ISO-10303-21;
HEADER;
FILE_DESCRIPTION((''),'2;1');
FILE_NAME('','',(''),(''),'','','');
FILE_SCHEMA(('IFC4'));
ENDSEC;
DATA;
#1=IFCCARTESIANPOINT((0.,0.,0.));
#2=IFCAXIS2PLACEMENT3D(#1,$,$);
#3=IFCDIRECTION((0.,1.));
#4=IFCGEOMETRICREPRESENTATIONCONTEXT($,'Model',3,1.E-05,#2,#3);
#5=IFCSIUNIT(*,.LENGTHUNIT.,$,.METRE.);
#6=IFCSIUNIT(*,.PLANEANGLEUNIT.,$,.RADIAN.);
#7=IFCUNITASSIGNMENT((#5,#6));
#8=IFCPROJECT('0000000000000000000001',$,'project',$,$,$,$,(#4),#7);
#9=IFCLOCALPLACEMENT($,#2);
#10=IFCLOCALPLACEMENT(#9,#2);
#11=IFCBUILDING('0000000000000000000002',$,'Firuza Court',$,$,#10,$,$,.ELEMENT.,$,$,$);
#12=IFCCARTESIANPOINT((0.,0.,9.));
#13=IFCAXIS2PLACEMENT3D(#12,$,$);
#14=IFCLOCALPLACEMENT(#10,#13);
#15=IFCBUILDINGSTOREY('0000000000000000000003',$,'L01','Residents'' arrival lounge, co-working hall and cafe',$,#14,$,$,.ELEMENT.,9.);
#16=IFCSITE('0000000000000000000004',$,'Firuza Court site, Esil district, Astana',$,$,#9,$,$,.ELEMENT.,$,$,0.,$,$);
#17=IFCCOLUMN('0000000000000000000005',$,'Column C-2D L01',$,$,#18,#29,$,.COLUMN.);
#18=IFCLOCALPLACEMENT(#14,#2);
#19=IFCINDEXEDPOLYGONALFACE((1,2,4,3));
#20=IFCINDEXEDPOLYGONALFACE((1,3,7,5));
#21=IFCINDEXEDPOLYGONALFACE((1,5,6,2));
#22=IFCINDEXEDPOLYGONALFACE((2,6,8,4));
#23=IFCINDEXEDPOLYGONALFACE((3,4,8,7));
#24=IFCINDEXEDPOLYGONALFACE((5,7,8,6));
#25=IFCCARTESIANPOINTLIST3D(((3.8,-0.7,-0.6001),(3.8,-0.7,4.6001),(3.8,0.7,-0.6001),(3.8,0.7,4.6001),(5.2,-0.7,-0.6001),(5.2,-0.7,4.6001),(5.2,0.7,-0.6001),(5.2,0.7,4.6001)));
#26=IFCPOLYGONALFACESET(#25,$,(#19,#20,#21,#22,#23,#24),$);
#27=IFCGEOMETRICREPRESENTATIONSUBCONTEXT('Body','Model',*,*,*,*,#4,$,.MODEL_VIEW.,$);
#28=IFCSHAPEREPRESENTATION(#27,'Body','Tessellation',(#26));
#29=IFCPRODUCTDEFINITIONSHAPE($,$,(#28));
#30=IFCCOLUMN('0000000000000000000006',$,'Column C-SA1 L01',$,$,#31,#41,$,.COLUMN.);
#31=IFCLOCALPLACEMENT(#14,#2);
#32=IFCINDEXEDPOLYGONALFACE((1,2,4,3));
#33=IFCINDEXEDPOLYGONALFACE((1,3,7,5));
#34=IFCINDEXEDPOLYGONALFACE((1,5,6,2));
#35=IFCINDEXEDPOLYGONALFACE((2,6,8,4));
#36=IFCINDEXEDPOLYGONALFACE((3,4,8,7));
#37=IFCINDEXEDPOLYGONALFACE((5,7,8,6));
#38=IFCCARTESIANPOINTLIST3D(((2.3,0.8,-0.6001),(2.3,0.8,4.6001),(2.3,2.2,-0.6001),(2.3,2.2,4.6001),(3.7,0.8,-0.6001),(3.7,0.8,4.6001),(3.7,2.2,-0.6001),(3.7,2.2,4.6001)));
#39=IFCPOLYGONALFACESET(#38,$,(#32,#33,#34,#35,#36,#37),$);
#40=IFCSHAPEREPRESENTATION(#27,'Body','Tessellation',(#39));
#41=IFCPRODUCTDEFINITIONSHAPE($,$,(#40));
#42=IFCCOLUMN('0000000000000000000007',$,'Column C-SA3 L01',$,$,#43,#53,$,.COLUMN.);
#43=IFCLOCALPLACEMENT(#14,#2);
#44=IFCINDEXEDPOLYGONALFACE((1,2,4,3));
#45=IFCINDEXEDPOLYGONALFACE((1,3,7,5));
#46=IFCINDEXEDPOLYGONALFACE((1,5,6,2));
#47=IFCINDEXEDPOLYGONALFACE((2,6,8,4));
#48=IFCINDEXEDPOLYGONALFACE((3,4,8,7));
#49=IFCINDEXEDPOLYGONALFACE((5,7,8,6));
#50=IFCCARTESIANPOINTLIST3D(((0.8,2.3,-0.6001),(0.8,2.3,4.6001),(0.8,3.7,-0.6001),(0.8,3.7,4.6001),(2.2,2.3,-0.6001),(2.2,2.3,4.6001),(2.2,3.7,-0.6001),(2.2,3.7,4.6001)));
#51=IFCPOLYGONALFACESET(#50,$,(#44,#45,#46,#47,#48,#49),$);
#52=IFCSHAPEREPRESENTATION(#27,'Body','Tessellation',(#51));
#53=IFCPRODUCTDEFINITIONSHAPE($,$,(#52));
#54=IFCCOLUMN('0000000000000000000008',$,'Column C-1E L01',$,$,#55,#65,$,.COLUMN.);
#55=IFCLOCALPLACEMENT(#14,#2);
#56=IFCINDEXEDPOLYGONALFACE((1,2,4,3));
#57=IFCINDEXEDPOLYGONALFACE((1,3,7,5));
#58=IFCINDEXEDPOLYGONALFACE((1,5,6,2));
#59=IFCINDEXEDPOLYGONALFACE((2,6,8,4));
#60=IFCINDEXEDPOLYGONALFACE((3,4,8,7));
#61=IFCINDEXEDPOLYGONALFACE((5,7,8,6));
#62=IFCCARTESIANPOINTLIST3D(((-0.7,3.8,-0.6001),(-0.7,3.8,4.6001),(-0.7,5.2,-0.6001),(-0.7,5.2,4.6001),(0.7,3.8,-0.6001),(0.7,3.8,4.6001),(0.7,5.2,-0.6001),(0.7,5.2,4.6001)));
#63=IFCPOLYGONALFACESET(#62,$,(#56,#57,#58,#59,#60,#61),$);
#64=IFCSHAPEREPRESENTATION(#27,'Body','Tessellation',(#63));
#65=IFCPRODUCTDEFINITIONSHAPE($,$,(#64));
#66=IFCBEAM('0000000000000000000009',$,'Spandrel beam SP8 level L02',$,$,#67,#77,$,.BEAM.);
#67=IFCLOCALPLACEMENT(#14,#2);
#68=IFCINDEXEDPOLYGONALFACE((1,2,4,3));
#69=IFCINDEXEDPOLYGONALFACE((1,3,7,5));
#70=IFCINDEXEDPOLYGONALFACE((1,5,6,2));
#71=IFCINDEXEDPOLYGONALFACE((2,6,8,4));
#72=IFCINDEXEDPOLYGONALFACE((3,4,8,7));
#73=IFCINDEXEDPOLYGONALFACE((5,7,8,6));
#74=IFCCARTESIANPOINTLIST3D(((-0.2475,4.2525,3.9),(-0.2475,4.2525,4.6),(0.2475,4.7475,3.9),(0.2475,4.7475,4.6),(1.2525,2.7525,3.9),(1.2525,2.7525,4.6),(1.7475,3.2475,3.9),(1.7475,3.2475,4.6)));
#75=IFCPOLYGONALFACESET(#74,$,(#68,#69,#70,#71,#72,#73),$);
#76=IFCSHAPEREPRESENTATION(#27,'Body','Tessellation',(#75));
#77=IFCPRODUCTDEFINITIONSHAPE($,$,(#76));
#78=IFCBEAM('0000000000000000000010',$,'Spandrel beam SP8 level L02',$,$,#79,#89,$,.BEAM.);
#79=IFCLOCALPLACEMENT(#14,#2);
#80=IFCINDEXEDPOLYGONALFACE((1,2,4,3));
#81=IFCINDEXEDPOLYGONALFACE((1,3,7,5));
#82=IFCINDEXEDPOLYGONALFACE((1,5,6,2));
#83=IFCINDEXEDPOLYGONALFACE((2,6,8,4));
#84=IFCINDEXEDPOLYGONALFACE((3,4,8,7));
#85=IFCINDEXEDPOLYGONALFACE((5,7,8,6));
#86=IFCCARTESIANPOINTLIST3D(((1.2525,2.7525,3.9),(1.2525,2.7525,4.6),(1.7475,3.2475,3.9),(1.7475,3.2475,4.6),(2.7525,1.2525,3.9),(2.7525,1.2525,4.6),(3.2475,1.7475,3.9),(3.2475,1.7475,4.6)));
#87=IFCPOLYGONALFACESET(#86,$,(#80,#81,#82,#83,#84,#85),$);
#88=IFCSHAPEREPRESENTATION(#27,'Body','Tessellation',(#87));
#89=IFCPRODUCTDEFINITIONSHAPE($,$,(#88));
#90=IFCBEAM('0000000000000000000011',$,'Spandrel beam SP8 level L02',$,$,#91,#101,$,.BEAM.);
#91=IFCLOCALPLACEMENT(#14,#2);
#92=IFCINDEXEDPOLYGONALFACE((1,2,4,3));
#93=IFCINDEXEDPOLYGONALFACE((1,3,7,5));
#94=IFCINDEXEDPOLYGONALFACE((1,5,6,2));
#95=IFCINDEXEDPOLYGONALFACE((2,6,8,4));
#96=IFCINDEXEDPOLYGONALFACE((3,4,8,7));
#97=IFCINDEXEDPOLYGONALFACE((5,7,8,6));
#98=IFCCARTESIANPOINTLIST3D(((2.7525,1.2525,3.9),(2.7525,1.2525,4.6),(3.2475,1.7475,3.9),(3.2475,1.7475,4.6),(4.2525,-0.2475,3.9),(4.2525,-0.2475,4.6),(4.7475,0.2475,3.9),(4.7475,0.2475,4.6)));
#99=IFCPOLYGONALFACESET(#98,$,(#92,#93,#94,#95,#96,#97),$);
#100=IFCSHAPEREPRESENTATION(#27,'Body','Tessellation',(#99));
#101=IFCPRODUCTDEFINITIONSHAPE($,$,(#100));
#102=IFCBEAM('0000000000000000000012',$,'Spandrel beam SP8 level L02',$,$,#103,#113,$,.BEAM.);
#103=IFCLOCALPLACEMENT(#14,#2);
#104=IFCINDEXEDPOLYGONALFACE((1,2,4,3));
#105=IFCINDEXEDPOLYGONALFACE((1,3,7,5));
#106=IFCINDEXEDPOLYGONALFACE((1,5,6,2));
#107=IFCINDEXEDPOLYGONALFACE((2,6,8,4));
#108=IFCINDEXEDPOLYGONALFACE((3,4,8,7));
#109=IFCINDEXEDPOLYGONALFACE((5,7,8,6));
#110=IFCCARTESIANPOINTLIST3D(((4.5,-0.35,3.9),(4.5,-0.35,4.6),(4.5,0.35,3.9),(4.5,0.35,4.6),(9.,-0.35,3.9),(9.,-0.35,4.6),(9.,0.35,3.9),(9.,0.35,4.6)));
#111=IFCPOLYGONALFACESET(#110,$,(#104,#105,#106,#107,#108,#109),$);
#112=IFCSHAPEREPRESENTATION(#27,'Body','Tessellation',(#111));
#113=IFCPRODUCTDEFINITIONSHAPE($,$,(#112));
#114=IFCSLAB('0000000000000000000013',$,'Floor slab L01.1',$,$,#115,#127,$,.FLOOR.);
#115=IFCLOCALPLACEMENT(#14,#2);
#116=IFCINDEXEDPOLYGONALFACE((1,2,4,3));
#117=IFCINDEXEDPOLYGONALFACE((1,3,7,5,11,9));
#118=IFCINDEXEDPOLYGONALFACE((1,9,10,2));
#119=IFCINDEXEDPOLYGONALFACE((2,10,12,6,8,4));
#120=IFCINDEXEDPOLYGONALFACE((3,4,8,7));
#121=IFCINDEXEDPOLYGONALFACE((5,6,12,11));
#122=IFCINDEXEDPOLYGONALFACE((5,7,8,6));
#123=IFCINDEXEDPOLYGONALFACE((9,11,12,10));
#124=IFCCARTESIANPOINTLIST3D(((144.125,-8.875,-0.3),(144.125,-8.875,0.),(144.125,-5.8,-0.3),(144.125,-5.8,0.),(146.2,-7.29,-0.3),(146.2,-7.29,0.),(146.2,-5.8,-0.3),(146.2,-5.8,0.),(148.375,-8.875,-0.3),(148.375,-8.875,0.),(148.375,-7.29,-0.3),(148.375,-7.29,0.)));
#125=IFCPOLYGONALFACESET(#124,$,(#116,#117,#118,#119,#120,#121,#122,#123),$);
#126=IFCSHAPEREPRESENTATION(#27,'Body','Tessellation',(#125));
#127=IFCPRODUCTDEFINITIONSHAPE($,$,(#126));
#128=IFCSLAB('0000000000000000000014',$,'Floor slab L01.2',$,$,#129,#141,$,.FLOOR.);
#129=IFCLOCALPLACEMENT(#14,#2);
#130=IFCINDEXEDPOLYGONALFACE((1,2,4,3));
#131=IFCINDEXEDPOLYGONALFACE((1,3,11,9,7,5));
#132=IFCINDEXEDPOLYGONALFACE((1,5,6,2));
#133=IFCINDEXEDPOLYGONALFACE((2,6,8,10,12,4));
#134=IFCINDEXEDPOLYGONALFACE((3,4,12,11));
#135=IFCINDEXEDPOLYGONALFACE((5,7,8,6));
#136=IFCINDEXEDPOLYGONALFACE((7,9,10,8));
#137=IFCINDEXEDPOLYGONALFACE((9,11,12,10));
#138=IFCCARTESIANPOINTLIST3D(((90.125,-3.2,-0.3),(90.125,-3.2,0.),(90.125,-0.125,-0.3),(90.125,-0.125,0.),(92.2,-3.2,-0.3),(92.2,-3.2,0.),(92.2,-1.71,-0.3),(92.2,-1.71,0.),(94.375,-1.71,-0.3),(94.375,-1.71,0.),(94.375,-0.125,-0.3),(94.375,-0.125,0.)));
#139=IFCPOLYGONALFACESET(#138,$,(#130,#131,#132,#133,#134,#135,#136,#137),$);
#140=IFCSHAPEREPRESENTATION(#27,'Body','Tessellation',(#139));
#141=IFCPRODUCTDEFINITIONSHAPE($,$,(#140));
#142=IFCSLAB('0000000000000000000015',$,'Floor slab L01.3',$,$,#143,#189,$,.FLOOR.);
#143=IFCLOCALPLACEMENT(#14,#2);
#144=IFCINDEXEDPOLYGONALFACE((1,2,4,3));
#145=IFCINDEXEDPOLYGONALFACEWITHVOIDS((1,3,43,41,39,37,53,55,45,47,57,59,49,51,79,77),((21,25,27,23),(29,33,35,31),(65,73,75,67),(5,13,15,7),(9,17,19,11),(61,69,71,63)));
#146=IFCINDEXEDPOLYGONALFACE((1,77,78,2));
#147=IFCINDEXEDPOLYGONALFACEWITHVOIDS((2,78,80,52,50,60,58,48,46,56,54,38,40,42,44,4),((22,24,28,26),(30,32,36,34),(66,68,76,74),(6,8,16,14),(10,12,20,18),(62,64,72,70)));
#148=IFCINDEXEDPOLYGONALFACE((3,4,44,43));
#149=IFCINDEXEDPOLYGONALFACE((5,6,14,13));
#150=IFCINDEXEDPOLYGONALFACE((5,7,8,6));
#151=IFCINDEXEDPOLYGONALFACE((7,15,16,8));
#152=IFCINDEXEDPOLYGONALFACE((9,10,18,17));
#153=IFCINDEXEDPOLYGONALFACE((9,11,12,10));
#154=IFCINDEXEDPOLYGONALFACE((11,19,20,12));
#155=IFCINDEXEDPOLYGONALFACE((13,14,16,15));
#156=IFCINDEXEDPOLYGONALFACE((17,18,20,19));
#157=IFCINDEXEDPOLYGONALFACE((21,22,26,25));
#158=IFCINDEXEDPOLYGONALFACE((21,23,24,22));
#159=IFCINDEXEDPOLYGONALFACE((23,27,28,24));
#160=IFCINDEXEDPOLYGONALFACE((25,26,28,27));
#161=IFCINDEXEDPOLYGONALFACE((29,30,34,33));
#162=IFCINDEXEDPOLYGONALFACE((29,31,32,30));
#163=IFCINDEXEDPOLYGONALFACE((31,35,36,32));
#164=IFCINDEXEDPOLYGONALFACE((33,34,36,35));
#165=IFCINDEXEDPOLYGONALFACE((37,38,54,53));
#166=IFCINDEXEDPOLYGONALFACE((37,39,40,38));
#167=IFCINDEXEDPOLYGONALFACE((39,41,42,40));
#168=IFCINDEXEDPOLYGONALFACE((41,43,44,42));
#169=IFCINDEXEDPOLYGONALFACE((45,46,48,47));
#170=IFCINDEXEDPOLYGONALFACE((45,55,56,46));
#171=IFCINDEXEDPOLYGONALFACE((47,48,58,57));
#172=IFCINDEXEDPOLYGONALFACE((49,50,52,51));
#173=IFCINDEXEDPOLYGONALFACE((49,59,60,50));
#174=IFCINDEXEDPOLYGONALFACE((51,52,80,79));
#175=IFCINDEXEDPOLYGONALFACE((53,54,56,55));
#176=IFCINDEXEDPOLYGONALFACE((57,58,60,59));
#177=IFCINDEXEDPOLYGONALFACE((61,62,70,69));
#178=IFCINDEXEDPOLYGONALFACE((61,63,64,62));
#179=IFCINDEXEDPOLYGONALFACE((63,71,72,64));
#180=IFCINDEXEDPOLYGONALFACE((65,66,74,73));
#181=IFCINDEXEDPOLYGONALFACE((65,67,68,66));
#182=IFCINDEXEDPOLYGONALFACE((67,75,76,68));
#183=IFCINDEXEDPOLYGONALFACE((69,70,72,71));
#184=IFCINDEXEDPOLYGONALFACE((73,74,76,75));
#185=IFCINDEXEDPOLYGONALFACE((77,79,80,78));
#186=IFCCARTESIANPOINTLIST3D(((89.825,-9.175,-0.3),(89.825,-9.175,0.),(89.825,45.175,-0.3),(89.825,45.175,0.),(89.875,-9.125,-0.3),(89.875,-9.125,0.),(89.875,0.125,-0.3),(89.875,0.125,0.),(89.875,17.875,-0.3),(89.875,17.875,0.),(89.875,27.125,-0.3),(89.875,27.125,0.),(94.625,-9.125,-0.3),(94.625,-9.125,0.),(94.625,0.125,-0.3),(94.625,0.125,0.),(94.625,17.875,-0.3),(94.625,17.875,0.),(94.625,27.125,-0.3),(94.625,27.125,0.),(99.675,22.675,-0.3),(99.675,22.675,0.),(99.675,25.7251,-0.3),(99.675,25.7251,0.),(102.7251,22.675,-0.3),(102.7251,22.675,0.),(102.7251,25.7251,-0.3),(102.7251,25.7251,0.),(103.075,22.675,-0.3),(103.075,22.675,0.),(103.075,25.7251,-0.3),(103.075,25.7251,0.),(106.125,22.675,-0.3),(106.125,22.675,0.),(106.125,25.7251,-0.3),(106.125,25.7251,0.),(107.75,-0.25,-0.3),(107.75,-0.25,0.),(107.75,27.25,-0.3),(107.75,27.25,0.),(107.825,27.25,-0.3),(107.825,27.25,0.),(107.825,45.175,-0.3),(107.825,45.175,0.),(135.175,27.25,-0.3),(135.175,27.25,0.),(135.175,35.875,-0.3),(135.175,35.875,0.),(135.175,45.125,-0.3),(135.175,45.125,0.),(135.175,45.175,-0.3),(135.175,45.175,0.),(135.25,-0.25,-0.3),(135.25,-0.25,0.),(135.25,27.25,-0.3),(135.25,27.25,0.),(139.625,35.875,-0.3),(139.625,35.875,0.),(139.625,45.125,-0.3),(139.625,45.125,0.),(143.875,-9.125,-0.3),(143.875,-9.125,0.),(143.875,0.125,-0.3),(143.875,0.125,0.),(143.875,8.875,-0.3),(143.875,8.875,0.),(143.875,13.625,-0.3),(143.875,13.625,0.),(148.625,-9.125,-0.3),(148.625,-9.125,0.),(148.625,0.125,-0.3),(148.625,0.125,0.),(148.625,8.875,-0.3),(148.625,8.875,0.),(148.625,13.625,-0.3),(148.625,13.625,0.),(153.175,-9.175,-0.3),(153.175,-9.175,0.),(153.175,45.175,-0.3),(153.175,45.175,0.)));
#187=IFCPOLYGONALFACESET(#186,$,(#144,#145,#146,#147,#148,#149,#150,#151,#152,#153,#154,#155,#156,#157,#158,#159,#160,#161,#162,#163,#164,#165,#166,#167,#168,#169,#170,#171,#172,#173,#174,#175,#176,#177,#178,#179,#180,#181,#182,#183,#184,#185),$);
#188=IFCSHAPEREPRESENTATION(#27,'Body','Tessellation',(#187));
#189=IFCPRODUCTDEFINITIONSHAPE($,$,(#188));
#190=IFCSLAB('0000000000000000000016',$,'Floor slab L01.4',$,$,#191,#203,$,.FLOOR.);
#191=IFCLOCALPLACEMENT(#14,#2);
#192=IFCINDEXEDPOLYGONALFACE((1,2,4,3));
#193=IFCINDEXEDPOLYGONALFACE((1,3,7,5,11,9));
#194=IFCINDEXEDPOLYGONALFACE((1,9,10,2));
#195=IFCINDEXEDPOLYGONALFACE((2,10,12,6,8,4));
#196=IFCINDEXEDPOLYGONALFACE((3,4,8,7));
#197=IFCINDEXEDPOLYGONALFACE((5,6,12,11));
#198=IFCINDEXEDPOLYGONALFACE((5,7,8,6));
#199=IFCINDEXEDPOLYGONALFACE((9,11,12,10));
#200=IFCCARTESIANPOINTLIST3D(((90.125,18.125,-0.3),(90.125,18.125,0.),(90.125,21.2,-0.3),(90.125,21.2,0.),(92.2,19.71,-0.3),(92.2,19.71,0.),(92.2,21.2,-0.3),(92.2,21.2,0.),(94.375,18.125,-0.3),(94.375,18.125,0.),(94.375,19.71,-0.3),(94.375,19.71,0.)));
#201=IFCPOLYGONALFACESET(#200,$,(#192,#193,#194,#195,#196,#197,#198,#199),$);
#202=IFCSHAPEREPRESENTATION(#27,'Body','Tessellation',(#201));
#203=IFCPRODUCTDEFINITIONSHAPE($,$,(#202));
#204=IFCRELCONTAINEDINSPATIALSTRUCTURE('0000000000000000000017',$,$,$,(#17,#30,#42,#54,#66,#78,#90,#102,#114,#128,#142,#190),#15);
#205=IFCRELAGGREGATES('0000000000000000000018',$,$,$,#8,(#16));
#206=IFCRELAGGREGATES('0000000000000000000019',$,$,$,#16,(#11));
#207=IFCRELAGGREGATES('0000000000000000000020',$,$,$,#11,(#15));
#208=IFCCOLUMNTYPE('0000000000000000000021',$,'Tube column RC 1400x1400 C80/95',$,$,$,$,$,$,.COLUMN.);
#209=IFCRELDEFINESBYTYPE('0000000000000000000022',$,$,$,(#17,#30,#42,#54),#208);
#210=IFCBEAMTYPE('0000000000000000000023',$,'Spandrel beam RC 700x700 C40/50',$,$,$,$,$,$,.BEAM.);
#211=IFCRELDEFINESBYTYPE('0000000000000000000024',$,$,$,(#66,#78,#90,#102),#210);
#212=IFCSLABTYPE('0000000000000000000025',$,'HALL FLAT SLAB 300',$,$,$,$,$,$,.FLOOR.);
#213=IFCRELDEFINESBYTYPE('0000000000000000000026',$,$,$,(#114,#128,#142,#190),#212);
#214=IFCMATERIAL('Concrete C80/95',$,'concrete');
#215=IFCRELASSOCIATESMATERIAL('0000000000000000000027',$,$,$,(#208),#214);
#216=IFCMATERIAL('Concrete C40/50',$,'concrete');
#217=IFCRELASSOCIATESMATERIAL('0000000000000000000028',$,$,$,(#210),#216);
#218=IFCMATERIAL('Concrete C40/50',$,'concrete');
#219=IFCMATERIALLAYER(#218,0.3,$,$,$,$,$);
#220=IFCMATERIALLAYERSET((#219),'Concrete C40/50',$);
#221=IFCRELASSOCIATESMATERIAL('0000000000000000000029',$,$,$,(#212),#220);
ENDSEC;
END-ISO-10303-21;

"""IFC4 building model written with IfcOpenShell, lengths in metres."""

from ifc_helpers import new_model, si_unit, direction, frame, origin, origin_2d, place, context, subcontext, project, spatial, polyline, rectangle, outline, extrude, material, layer, layer_set, material_profile, profile_set, type_object, element, save


model = new_model("IFC4")

# Units and contexts
model_context = context("Model", 3, precision=1e-05, world=origin(), true_north=direction((0.0, 1.0)))
body_context = subcontext(model_context, "Body", "Model", "MODEL_VIEW")
ifc_project = project(units=[si_unit("LENGTHUNIT", "METRE"), si_unit("PLANEANGLEUNIT", "RADIAN")], contexts=[model_context])

# Site, building, storey
site_placement = place(None, origin())
site = spatial("IfcSite", under=ifc_project, at=site_placement, Name="Firuza Court site, Esil district, Astana", CompositionType="ELEMENT", RefElevation=0.0)
building_placement = place(site_placement, origin())
building = spatial("IfcBuilding", under=site, at=building_placement, Name="Firuza Court", CompositionType="ELEMENT")
storey_placement = place(building_placement, frame((0.0, 0.0, 9.0)))
storey = spatial("IfcBuildingStorey", under=building, at=storey_placement, Name="L01", Description="Residents' arrival lounge, co-working hall and cafe", CompositionType="ELEMENT", Elevation=9.0)

# Columns
ifc_material_1 = material(Name="Concrete C80/95", Category="concrete")
ifc_material_profile_1 = material_profile(ifc_material_1, rectangle(XDim=1.3999, YDim=1.3999, at=origin_2d()), Name="RC 1400x1400")
ifc_profile_set_1 = profile_set([ifc_material_profile_1], Name="Concrete C80/95")
column_type = type_object("IfcColumnType", Name="Tube column RC 1400x1400 C80/95", PredefinedType="COLUMN", material=ifc_profile_set_1)
for number, where, z_axis, x_axis, name in (
    (1, (4.5, 0.0, -0.6001), (0.0, 0.0, 1.0), (1.0, 0.0, 0.0), "Column C-2D L01"),
    (2, (3.0, 1.5, -0.6001), (0.0, 0.0, 1.0), (1.0, 0.0, 0.0), "Column C-SA1 L01"),
    (3, (1.5, 3.0, -0.6001), (0.0, 0.0, 1.0), (1.0, 0.0, 0.0), "Column C-SA3 L01"),
    (4, (0.0, 4.5, -0.6001), (0.0, 0.0, 1.0), (1.0, 0.0, 0.0), "Column C-1E L01"),
):
    element("IfcColumn", number, at=place(storey_placement, frame(where, z_axis=z_axis, x_axis=x_axis)), inside=storey, type_object=column_type, Name=name, PredefinedType="COLUMN", context=body_context, shape_type="SweptSolid", body=[
        extrude(rectangle(XDim=1.3999, YDim=1.3999, at=origin_2d()), origin(), (0.0, 0.0, 1.0), 5.2002),
    ])

# Beams
ifc_material_2 = material(Name="Concrete C40/50", Category="concrete")
ifc_material_profile_2 = material_profile(ifc_material_2, rectangle(XDim=0.7, YDim=0.7, at=origin_2d()), Name="RC 700x700")
ifc_profile_set_2 = profile_set([ifc_material_profile_2], Name="Concrete C40/50")
beam_type = type_object("IfcBeamType", Name="Spandrel beam RC 700x700 C40/50", PredefinedType="BEAM", material=ifc_profile_set_2)
for number, where, z_axis, x_axis, name in (
    (5, (0.0, 4.5, 4.25), (0.707107, -0.707107, 0.0), (0.707107, 0.707107, 0.0), "Spandrel beam SP8 level L02"),
    (6, (1.5, 3.0, 4.25), (0.707107, -0.707107, 0.0), (0.707107, 0.707107, 0.0), "Spandrel beam SP8 level L02"),
    (7, (3.0, 1.5, 4.25), (0.707107, -0.707107, 0.0), (0.707107, 0.707107, 0.0), "Spandrel beam SP8 level L02"),
):
    element("IfcBeam", number, at=place(storey_placement, frame(where, z_axis=z_axis, x_axis=x_axis)), inside=storey, type_object=beam_type, Name=name, PredefinedType="BEAM", context=body_context, shape_type="SweptSolid", body=[
        extrude(rectangle(XDim=0.7, YDim=0.7, at=origin_2d()), origin(), (0.0, 0.0, 1.0), 2.1213),
    ])
beam_placement = place(storey_placement, frame((4.5, 0.0, 4.25), z_axis=(1.0, 0.0, 0.0), x_axis=(0.0, 1.0, 0.0)))
element("IfcBeam", 8, at=beam_placement, inside=storey, type_object=beam_type, Name="Spandrel beam SP8 level L02", PredefinedType="BEAM", context=body_context, shape_type="SweptSolid", body=[
    extrude(rectangle(XDim=0.7, YDim=0.7, at=origin_2d()), origin(), (0.0, 0.0, 1.0), 4.5),
])

# Slabs
ifc_material_3 = material(Name="Concrete C40/50", Category="concrete")
ifc_layer_1 = layer(ifc_material_3, 0.3)
ifc_layer_set_1 = layer_set([ifc_layer_1], Name="Concrete C40/50")
slab_type_1 = type_object("IfcSlabType", Name="HALL FLAT SLAB 300", PredefinedType="FLOOR", material=ifc_layer_set_1)
slab_1_placement = place(storey_placement, frame((0.0, 0.0, -0.3)))
element("IfcSlab", 9, at=slab_1_placement, inside=storey, type_object=slab_type_1, Name="Floor slab L01.1", PredefinedType="FLOOR", context=body_context, shape_type="SweptSolid", body=[
    extrude(outline(polyline([(144.125, -8.875), (144.125, -5.8), (146.2, -5.8), (146.2, -7.29), (148.375, -7.29), (148.375, -8.875), (144.125, -8.875)])), origin(), (0.0, 0.0, 1.0), 0.3),
])
slab_2_placement = place(storey_placement, frame((0.0, 0.0, -0.3)))
element("IfcSlab", 10, at=slab_2_placement, inside=storey, type_object=slab_type_1, Name="Floor slab L01.2", PredefinedType="FLOOR", context=body_context, shape_type="SweptSolid", body=[
    extrude(outline(polyline([(90.125, -3.2), (90.125, -0.125), (94.375, -0.125), (94.375, -1.71), (92.2, -1.71), (92.2, -3.2), (90.125, -3.2)])), origin(), (0.0, 0.0, 1.0), 0.3),
])
slab_3_placement = place(storey_placement, frame((0.0, 0.0, -0.3)))
element("IfcSlab", 11, at=slab_3_placement, inside=storey, type_object=slab_type_1, Name="Floor slab L01.3", PredefinedType="FLOOR", context=body_context, shape_type="SweptSolid", body=[
    extrude(outline(polyline([(107.825, 45.175), (107.825, 27.25), (107.75, 27.25), (107.75, -0.25), (135.25, -0.25), (135.25, 27.25), (135.175, 27.25), (135.175, 35.875), (139.625, 35.875), (139.625, 45.125), (135.175, 45.125), (135.175, 45.175), (153.175, 45.175), (153.175, -9.175), (89.825, -9.175), (89.825, 45.175), (107.825, 45.175)]), holes=[polyline([(94.625, -9.125), (94.625, 0.125), (89.875, 0.125), (89.875, -9.125), (94.625, -9.125)]), polyline([(148.625, -9.125), (148.625, 0.125), (143.875, 0.125), (143.875, -9.125), (148.625, -9.125)]), polyline([(148.625, 8.875), (148.625, 13.625), (143.875, 13.625), (143.875, 8.875), (148.625, 8.875)]), polyline([(94.625, 17.875), (94.625, 27.125), (89.875, 27.125), (89.875, 17.875), (94.625, 17.875)]), polyline([(102.7251, 22.675), (102.7251, 25.7251), (99.675, 25.7251), (99.675, 22.675), (102.7251, 22.675)]), polyline([(106.125, 22.675), (106.125, 25.7251), (103.075, 25.7251), (103.075, 22.675), (106.125, 22.675)])]), origin(), (0.0, 0.0, 1.0), 0.3),
])
slab_4_placement = place(storey_placement, frame((0.0, 0.0, -0.3)))
element("IfcSlab", 12, at=slab_4_placement, inside=storey, type_object=slab_type_1, Name="Floor slab L01.4", PredefinedType="FLOOR", context=body_context, shape_type="SweptSolid", body=[
    extrude(outline(polyline([(90.125, 18.125), (90.125, 21.2), (92.2, 21.2), (92.2, 19.71), (94.375, 19.71), (94.375, 18.125), (90.125, 18.125)])), origin(), (0.0, 0.0, 1.0), 0.3),
])

save(model, "model.ifc")
